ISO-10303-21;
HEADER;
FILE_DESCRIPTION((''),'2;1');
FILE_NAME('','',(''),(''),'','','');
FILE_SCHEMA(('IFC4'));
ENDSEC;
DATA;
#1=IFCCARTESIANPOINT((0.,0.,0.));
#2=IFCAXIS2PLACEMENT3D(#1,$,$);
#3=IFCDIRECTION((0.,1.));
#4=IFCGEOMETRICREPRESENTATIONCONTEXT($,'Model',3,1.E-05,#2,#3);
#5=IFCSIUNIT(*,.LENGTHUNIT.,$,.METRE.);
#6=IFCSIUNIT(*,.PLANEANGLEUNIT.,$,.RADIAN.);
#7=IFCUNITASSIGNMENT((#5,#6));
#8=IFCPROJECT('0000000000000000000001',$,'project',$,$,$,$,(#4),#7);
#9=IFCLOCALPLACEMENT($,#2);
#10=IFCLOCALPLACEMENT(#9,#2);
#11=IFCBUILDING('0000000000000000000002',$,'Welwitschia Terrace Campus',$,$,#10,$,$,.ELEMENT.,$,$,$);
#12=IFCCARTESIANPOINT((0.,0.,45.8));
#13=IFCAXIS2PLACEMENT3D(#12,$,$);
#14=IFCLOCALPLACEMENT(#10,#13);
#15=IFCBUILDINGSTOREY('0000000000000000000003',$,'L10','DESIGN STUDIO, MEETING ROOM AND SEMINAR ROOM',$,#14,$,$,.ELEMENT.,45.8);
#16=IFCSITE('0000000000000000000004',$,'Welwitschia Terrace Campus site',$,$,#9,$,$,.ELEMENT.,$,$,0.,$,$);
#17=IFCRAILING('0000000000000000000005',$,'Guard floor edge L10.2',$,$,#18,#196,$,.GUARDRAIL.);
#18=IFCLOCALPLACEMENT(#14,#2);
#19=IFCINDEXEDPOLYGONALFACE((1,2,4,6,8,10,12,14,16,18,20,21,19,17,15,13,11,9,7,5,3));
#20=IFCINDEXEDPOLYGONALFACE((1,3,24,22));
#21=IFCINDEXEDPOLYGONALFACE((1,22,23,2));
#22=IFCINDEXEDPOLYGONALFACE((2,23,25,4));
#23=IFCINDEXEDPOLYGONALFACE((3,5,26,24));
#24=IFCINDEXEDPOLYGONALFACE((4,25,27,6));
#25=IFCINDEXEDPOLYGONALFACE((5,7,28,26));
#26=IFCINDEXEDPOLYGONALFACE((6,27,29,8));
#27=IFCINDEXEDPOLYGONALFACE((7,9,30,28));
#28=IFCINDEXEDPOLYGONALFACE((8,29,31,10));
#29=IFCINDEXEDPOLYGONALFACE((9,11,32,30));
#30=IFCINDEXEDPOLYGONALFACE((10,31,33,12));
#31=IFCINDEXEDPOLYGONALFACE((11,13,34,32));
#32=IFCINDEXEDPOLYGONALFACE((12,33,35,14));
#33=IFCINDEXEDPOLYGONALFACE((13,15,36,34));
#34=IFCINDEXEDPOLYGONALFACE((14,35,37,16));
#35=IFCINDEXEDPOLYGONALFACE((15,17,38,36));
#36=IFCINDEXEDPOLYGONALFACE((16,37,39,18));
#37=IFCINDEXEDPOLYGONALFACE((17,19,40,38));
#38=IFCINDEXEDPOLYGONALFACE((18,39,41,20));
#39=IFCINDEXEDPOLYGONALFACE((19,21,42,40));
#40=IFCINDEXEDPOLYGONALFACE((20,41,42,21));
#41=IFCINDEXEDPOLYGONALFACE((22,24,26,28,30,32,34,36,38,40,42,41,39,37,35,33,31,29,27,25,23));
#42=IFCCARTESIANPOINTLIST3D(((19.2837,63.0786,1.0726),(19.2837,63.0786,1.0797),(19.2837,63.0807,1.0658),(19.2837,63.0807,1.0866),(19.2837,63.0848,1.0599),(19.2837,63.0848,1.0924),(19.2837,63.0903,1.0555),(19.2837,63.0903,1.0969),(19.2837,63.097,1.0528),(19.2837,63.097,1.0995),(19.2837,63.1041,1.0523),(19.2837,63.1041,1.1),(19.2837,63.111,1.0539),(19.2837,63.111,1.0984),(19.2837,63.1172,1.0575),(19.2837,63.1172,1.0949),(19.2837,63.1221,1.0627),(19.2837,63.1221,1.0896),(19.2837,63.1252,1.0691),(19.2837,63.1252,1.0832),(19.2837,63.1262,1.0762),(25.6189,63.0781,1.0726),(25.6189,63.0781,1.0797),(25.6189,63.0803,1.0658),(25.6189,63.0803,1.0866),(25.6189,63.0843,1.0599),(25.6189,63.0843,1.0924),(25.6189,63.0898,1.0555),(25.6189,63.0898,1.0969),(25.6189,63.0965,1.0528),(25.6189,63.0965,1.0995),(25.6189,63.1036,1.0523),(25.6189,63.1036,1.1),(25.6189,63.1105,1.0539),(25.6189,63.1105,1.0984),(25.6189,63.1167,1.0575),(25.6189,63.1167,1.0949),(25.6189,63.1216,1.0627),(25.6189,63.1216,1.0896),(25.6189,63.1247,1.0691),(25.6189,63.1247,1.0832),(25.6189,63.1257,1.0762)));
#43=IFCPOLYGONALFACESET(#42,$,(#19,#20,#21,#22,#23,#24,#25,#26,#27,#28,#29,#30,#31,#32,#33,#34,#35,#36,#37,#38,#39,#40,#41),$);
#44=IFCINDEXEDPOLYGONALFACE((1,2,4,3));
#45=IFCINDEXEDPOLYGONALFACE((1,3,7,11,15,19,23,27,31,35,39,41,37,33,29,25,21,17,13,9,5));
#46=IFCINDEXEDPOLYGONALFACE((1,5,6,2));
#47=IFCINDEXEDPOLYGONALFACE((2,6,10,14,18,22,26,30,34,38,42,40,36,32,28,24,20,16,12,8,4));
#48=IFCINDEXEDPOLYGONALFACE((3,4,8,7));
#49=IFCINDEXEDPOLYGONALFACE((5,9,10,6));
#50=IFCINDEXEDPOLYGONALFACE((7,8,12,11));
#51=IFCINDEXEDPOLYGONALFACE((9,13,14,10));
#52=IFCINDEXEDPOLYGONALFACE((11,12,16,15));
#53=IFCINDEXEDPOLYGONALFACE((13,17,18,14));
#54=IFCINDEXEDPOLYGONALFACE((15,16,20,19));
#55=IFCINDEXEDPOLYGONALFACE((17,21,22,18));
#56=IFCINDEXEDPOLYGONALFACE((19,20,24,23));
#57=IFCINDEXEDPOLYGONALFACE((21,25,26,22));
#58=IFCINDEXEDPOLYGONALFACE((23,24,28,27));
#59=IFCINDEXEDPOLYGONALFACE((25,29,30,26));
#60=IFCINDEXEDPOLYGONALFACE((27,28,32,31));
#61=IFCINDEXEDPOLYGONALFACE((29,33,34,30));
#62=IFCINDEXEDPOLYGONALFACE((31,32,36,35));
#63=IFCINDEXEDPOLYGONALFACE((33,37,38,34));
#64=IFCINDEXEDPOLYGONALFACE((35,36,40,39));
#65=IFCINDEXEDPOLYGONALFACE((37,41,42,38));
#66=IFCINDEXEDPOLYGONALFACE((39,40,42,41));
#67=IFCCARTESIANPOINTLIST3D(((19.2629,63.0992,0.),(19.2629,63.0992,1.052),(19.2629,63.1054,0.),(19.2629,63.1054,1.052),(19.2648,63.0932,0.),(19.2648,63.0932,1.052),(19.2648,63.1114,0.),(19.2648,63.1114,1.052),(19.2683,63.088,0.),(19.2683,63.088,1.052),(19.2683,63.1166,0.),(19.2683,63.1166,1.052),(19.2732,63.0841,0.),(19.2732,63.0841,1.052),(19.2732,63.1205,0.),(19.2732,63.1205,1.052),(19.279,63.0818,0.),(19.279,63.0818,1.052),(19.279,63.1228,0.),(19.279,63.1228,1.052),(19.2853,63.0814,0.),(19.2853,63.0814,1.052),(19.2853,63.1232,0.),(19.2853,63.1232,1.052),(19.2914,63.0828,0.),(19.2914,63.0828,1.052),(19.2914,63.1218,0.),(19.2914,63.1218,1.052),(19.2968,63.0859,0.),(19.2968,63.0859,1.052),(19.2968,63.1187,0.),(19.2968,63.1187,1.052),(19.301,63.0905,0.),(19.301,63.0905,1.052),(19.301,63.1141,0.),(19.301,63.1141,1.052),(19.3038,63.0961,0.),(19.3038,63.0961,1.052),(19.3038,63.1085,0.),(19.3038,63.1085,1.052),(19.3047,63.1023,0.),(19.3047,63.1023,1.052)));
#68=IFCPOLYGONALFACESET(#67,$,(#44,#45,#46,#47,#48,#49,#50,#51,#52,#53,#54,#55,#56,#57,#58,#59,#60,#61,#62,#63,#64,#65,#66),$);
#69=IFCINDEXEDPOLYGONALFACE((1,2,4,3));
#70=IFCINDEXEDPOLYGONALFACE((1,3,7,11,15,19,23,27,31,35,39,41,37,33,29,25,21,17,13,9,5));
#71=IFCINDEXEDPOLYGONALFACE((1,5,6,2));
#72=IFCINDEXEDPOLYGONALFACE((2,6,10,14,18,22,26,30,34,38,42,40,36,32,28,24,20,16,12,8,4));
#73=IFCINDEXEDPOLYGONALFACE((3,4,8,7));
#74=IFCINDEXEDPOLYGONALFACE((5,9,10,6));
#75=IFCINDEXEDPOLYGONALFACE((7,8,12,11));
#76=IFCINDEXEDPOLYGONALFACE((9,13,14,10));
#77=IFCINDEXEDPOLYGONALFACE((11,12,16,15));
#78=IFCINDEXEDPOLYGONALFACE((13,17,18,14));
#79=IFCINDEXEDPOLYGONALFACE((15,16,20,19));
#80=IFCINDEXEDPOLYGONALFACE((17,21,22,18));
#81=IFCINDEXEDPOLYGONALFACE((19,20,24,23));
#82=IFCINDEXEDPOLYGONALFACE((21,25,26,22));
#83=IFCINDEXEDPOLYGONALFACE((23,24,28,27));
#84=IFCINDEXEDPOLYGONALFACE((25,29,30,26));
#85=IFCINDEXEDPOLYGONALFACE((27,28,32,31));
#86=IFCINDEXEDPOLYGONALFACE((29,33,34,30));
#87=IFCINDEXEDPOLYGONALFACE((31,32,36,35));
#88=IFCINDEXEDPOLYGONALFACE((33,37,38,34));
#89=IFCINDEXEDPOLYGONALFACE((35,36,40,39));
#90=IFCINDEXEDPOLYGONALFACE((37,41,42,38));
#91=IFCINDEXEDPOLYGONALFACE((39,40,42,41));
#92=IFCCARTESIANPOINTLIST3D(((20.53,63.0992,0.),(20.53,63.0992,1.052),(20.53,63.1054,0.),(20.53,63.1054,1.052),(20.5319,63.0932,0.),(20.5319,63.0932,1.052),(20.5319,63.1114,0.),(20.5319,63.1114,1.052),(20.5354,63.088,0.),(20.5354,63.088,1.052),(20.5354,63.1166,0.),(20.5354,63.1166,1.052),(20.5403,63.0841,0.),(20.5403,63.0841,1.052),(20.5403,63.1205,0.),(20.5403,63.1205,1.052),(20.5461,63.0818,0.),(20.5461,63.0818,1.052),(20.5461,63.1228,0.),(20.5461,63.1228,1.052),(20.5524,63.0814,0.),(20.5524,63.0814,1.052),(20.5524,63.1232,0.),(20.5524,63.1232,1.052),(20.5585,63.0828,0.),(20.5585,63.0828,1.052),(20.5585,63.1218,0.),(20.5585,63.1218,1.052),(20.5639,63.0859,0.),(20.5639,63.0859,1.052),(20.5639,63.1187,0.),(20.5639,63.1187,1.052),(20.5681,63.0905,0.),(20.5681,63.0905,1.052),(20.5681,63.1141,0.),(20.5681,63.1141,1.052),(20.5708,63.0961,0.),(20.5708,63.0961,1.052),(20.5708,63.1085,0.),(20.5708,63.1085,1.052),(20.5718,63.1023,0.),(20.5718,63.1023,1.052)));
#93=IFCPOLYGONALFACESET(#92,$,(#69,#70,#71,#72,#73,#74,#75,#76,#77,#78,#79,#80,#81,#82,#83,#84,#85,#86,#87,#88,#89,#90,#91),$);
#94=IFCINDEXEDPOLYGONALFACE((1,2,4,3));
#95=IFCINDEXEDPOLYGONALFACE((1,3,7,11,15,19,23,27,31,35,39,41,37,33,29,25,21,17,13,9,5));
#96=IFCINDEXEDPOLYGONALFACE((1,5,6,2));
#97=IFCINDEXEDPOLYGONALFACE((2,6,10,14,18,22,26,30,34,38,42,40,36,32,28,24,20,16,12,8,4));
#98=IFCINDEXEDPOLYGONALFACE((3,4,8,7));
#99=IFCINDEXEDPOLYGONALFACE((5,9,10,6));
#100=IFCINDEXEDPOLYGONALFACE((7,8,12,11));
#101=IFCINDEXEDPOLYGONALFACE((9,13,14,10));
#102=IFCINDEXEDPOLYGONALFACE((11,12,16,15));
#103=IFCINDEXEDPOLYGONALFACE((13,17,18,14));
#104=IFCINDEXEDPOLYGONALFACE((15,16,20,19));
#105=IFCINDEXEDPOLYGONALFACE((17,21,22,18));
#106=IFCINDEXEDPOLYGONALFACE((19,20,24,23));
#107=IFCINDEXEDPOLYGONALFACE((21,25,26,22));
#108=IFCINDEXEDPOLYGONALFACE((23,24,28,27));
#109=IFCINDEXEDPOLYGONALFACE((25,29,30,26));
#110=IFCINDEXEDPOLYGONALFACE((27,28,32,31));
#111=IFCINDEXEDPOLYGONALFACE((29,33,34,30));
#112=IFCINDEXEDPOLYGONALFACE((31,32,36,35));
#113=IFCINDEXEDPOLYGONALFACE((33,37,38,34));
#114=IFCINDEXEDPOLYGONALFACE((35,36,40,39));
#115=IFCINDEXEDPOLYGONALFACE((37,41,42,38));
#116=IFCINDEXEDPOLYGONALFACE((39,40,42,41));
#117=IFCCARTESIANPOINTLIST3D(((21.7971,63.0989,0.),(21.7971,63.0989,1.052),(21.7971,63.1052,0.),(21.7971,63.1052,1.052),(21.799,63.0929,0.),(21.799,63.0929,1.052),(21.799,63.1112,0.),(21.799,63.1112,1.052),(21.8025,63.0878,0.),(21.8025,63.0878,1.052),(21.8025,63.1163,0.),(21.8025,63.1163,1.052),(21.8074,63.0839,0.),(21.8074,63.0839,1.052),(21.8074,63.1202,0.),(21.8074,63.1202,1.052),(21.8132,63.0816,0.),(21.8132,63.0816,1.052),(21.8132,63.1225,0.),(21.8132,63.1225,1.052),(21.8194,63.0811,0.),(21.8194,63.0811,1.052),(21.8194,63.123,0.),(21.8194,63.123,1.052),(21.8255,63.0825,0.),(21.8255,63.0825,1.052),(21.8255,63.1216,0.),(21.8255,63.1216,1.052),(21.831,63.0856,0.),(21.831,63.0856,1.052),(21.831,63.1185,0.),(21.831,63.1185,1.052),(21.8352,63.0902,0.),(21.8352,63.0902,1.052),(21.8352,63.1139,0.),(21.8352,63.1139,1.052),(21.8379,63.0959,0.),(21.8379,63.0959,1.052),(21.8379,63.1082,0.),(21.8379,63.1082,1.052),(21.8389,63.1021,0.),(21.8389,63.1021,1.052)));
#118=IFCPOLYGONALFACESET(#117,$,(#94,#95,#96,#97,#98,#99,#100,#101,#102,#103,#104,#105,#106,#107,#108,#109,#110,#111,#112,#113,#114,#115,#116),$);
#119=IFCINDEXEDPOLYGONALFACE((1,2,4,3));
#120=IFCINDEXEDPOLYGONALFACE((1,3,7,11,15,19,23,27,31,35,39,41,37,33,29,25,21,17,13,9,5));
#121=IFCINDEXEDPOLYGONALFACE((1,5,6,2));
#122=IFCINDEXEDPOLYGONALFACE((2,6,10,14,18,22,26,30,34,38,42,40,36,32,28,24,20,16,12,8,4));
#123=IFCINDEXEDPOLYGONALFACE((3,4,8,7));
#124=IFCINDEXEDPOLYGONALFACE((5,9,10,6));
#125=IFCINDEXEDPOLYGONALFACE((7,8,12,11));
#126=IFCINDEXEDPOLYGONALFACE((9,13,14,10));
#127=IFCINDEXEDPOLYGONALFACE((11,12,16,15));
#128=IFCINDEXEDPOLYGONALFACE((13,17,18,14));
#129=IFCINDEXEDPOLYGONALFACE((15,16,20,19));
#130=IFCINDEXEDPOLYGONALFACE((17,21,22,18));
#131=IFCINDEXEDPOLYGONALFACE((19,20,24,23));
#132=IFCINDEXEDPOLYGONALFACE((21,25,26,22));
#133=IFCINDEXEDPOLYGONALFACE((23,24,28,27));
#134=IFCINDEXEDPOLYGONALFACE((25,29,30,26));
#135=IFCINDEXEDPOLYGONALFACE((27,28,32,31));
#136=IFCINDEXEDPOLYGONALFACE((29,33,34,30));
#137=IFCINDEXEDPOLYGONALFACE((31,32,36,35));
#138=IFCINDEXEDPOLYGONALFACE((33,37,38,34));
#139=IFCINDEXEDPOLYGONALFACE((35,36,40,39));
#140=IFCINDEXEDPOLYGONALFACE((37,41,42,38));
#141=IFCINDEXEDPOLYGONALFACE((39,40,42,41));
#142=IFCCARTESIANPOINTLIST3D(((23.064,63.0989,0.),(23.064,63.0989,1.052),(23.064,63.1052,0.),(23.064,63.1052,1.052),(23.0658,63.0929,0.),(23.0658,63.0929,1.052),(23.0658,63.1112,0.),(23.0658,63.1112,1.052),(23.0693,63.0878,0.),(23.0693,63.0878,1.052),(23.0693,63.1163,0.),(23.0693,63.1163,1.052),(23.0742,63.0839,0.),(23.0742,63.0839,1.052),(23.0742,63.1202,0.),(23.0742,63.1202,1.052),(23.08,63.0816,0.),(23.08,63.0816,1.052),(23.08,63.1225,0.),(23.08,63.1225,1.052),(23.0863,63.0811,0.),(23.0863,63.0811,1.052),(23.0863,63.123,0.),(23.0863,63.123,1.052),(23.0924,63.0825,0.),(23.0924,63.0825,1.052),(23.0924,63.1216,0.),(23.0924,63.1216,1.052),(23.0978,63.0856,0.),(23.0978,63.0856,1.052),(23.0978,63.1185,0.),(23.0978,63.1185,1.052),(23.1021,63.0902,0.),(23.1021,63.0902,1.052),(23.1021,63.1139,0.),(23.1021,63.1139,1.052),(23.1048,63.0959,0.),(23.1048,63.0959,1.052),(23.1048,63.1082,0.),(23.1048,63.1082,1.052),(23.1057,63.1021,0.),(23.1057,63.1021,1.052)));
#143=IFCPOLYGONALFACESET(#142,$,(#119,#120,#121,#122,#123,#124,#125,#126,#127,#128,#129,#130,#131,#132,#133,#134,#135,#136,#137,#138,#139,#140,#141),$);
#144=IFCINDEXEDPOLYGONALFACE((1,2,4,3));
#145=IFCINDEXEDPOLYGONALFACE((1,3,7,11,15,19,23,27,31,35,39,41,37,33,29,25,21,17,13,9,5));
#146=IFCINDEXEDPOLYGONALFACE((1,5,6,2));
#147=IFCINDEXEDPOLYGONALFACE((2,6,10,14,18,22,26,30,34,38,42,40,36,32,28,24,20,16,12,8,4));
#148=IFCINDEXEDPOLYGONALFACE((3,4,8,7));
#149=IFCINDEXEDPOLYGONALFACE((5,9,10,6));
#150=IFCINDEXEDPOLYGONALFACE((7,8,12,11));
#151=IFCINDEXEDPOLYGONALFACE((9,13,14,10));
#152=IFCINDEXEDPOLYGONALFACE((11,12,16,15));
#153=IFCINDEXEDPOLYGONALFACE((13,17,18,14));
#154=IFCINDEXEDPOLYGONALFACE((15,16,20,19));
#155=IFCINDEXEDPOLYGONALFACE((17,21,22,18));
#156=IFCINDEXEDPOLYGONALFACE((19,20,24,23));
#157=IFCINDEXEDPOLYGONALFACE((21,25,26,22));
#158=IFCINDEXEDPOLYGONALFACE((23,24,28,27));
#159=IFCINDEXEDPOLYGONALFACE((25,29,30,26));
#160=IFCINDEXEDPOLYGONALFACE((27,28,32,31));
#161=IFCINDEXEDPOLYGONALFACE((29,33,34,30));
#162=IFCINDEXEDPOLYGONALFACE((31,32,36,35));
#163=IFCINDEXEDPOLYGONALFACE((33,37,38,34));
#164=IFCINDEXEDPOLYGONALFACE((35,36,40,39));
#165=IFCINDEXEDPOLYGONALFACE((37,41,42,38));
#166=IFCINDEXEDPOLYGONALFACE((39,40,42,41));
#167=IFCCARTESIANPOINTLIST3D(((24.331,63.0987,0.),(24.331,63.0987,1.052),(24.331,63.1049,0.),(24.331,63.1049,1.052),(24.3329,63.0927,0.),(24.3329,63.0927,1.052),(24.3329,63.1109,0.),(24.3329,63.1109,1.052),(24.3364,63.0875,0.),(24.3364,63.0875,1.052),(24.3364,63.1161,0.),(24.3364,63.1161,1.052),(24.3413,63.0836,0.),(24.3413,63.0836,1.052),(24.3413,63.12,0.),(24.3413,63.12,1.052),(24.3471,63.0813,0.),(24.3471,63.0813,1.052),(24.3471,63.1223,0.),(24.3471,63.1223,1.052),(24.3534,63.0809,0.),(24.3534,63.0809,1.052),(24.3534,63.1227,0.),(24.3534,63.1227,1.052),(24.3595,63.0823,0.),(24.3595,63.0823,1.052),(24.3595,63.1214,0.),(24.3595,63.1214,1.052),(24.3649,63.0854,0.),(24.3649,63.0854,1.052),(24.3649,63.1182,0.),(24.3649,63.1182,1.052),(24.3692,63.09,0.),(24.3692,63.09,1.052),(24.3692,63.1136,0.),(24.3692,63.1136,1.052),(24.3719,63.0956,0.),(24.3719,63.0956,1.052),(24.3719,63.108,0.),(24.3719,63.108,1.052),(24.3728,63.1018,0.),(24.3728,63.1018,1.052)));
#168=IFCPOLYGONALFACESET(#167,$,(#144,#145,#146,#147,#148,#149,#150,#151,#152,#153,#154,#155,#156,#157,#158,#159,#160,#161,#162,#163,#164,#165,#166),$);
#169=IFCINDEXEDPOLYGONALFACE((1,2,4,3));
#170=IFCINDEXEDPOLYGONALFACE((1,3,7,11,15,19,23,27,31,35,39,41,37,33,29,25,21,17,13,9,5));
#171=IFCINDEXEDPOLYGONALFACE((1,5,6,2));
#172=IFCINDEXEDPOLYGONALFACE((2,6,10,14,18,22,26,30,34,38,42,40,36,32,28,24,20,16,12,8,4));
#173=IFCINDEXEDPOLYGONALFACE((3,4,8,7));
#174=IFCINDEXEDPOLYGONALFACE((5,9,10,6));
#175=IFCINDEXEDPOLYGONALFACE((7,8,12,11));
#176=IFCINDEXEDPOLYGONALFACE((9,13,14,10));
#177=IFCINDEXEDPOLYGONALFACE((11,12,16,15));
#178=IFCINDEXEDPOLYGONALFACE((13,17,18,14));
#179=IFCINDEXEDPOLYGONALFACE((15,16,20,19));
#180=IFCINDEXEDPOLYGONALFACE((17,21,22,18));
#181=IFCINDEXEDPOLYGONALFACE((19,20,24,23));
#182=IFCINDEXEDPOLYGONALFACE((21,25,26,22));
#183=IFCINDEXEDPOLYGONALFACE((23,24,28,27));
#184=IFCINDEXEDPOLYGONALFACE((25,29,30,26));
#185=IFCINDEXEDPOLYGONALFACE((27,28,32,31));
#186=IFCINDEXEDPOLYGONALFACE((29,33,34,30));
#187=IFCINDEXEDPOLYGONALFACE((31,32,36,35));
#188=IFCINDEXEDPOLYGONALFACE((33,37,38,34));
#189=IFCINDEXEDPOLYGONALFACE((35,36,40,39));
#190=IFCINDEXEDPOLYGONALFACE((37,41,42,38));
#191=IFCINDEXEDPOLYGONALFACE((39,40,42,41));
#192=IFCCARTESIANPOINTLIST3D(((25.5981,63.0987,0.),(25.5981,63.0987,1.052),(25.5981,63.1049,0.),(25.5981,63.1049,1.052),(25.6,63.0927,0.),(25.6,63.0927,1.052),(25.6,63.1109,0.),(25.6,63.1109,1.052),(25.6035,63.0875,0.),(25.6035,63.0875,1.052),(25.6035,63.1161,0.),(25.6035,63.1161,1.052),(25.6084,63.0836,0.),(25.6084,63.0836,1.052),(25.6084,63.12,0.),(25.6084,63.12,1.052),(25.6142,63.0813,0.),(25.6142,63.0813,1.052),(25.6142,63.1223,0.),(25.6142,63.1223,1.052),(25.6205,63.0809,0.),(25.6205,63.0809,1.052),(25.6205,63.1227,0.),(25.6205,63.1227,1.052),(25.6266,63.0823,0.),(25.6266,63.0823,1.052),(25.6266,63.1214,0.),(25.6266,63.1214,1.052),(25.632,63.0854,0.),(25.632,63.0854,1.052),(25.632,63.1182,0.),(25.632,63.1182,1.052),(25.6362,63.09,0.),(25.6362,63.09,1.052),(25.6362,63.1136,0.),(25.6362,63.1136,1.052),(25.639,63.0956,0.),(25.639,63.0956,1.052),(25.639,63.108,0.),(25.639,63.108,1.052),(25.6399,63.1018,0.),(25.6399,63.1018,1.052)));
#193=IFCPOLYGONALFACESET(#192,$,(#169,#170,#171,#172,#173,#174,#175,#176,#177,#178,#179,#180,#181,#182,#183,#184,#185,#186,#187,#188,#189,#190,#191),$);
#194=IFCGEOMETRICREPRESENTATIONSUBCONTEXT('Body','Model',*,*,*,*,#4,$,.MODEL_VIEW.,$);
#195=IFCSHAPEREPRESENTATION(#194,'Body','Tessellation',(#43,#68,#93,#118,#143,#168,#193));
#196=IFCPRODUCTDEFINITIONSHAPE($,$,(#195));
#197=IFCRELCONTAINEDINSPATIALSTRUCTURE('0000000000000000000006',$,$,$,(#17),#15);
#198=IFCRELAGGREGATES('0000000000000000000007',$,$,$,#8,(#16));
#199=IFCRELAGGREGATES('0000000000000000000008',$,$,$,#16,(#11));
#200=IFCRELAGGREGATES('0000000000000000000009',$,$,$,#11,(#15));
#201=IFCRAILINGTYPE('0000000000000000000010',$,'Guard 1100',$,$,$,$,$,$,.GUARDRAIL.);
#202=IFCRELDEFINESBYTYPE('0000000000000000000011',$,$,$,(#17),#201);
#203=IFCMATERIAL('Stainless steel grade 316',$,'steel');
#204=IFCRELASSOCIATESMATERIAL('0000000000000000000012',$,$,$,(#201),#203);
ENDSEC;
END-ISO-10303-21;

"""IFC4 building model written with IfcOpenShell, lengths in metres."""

from ifc_helpers import new_model, si_unit, direction, frame, origin, origin_2d, place, context, subcontext, project, spatial, circle, extrude, material, type_object, element, save


model = new_model("IFC4")

# Units and contexts
model_context = context("Model", 3, precision=1e-05, world=origin(), true_north=direction((0.0, 1.0)))
body_context = subcontext(model_context, "Body", "Model", "MODEL_VIEW")
ifc_project = project(units=[si_unit("LENGTHUNIT", "METRE"), si_unit("PLANEANGLEUNIT", "RADIAN")], contexts=[model_context])

# Site, building, storey
site_placement = place(None, origin())
site = spatial("IfcSite", under=ifc_project, at=site_placement, Name="Welwitschia Terrace Campus site", CompositionType="ELEMENT", RefElevation=0.0)
building_placement = place(site_placement, origin())
building = spatial("IfcBuilding", under=site, at=building_placement, Name="Welwitschia Terrace Campus", CompositionType="ELEMENT")
storey_placement = place(building_placement, frame((0.0, 0.0, 45.8)))
storey = spatial("IfcBuildingStorey", under=building, at=storey_placement, Name="L10", Description="DESIGN STUDIO, MEETING ROOM AND SEMINAR ROOM", CompositionType="ELEMENT", Elevation=45.8)

# Railing
ifc_material_1 = material(Name="Stainless steel grade 316", Category="steel")
railing_type = type_object("IfcRailingType", Name="Guard 1100", PredefinedType="GUARDRAIL", material=ifc_material_1)
railing_placement = place(storey_placement, frame((19.2837, 63.1023, 0.0)))
element("IfcRailing", 1, at=railing_placement, inside=storey, type_object=railing_type, Name="Guard floor edge L10.2", PredefinedType="GUARDRAIL", context=body_context, shape_type="SweptSolid", body=[
    extrude(circle(Radius=0.0239, at=origin_2d()), frame((0.0, 0.0, 1.0762), z_axis=(1.0, -0.000077, 0.0), x_axis=(0.000077, 1.0, 0.0)), (0.0, 0.0, 1.0), 6.3352),
    extrude(circle(Radius=0.021, at=origin_2d()), origin(), (0.0, 0.0, 1.0), 1.052),
    extrude(circle(Radius=0.021, at=origin_2d()), frame((1.2671, 0.0, 0.0)), (0.0, 0.0, 1.0), 1.052),
    extrude(circle(Radius=0.021, at=origin_2d()), frame((2.5342, -0.0002, 0.0)), (0.0, 0.0, 1.0), 1.052),
    extrude(circle(Radius=0.021, at=origin_2d()), frame((3.801, -0.0002, 0.0)), (0.0, 0.0, 1.0), 1.052),
    extrude(circle(Radius=0.021, at=origin_2d()), frame((5.0681, -0.0005, 0.0)), (0.0, 0.0, 1.0), 1.052),
    extrude(circle(Radius=0.021, at=origin_2d()), frame((6.3352, -0.0005, 0.0)), (0.0, 0.0, 1.0), 1.052),
])

save(model, "model.ifc")
